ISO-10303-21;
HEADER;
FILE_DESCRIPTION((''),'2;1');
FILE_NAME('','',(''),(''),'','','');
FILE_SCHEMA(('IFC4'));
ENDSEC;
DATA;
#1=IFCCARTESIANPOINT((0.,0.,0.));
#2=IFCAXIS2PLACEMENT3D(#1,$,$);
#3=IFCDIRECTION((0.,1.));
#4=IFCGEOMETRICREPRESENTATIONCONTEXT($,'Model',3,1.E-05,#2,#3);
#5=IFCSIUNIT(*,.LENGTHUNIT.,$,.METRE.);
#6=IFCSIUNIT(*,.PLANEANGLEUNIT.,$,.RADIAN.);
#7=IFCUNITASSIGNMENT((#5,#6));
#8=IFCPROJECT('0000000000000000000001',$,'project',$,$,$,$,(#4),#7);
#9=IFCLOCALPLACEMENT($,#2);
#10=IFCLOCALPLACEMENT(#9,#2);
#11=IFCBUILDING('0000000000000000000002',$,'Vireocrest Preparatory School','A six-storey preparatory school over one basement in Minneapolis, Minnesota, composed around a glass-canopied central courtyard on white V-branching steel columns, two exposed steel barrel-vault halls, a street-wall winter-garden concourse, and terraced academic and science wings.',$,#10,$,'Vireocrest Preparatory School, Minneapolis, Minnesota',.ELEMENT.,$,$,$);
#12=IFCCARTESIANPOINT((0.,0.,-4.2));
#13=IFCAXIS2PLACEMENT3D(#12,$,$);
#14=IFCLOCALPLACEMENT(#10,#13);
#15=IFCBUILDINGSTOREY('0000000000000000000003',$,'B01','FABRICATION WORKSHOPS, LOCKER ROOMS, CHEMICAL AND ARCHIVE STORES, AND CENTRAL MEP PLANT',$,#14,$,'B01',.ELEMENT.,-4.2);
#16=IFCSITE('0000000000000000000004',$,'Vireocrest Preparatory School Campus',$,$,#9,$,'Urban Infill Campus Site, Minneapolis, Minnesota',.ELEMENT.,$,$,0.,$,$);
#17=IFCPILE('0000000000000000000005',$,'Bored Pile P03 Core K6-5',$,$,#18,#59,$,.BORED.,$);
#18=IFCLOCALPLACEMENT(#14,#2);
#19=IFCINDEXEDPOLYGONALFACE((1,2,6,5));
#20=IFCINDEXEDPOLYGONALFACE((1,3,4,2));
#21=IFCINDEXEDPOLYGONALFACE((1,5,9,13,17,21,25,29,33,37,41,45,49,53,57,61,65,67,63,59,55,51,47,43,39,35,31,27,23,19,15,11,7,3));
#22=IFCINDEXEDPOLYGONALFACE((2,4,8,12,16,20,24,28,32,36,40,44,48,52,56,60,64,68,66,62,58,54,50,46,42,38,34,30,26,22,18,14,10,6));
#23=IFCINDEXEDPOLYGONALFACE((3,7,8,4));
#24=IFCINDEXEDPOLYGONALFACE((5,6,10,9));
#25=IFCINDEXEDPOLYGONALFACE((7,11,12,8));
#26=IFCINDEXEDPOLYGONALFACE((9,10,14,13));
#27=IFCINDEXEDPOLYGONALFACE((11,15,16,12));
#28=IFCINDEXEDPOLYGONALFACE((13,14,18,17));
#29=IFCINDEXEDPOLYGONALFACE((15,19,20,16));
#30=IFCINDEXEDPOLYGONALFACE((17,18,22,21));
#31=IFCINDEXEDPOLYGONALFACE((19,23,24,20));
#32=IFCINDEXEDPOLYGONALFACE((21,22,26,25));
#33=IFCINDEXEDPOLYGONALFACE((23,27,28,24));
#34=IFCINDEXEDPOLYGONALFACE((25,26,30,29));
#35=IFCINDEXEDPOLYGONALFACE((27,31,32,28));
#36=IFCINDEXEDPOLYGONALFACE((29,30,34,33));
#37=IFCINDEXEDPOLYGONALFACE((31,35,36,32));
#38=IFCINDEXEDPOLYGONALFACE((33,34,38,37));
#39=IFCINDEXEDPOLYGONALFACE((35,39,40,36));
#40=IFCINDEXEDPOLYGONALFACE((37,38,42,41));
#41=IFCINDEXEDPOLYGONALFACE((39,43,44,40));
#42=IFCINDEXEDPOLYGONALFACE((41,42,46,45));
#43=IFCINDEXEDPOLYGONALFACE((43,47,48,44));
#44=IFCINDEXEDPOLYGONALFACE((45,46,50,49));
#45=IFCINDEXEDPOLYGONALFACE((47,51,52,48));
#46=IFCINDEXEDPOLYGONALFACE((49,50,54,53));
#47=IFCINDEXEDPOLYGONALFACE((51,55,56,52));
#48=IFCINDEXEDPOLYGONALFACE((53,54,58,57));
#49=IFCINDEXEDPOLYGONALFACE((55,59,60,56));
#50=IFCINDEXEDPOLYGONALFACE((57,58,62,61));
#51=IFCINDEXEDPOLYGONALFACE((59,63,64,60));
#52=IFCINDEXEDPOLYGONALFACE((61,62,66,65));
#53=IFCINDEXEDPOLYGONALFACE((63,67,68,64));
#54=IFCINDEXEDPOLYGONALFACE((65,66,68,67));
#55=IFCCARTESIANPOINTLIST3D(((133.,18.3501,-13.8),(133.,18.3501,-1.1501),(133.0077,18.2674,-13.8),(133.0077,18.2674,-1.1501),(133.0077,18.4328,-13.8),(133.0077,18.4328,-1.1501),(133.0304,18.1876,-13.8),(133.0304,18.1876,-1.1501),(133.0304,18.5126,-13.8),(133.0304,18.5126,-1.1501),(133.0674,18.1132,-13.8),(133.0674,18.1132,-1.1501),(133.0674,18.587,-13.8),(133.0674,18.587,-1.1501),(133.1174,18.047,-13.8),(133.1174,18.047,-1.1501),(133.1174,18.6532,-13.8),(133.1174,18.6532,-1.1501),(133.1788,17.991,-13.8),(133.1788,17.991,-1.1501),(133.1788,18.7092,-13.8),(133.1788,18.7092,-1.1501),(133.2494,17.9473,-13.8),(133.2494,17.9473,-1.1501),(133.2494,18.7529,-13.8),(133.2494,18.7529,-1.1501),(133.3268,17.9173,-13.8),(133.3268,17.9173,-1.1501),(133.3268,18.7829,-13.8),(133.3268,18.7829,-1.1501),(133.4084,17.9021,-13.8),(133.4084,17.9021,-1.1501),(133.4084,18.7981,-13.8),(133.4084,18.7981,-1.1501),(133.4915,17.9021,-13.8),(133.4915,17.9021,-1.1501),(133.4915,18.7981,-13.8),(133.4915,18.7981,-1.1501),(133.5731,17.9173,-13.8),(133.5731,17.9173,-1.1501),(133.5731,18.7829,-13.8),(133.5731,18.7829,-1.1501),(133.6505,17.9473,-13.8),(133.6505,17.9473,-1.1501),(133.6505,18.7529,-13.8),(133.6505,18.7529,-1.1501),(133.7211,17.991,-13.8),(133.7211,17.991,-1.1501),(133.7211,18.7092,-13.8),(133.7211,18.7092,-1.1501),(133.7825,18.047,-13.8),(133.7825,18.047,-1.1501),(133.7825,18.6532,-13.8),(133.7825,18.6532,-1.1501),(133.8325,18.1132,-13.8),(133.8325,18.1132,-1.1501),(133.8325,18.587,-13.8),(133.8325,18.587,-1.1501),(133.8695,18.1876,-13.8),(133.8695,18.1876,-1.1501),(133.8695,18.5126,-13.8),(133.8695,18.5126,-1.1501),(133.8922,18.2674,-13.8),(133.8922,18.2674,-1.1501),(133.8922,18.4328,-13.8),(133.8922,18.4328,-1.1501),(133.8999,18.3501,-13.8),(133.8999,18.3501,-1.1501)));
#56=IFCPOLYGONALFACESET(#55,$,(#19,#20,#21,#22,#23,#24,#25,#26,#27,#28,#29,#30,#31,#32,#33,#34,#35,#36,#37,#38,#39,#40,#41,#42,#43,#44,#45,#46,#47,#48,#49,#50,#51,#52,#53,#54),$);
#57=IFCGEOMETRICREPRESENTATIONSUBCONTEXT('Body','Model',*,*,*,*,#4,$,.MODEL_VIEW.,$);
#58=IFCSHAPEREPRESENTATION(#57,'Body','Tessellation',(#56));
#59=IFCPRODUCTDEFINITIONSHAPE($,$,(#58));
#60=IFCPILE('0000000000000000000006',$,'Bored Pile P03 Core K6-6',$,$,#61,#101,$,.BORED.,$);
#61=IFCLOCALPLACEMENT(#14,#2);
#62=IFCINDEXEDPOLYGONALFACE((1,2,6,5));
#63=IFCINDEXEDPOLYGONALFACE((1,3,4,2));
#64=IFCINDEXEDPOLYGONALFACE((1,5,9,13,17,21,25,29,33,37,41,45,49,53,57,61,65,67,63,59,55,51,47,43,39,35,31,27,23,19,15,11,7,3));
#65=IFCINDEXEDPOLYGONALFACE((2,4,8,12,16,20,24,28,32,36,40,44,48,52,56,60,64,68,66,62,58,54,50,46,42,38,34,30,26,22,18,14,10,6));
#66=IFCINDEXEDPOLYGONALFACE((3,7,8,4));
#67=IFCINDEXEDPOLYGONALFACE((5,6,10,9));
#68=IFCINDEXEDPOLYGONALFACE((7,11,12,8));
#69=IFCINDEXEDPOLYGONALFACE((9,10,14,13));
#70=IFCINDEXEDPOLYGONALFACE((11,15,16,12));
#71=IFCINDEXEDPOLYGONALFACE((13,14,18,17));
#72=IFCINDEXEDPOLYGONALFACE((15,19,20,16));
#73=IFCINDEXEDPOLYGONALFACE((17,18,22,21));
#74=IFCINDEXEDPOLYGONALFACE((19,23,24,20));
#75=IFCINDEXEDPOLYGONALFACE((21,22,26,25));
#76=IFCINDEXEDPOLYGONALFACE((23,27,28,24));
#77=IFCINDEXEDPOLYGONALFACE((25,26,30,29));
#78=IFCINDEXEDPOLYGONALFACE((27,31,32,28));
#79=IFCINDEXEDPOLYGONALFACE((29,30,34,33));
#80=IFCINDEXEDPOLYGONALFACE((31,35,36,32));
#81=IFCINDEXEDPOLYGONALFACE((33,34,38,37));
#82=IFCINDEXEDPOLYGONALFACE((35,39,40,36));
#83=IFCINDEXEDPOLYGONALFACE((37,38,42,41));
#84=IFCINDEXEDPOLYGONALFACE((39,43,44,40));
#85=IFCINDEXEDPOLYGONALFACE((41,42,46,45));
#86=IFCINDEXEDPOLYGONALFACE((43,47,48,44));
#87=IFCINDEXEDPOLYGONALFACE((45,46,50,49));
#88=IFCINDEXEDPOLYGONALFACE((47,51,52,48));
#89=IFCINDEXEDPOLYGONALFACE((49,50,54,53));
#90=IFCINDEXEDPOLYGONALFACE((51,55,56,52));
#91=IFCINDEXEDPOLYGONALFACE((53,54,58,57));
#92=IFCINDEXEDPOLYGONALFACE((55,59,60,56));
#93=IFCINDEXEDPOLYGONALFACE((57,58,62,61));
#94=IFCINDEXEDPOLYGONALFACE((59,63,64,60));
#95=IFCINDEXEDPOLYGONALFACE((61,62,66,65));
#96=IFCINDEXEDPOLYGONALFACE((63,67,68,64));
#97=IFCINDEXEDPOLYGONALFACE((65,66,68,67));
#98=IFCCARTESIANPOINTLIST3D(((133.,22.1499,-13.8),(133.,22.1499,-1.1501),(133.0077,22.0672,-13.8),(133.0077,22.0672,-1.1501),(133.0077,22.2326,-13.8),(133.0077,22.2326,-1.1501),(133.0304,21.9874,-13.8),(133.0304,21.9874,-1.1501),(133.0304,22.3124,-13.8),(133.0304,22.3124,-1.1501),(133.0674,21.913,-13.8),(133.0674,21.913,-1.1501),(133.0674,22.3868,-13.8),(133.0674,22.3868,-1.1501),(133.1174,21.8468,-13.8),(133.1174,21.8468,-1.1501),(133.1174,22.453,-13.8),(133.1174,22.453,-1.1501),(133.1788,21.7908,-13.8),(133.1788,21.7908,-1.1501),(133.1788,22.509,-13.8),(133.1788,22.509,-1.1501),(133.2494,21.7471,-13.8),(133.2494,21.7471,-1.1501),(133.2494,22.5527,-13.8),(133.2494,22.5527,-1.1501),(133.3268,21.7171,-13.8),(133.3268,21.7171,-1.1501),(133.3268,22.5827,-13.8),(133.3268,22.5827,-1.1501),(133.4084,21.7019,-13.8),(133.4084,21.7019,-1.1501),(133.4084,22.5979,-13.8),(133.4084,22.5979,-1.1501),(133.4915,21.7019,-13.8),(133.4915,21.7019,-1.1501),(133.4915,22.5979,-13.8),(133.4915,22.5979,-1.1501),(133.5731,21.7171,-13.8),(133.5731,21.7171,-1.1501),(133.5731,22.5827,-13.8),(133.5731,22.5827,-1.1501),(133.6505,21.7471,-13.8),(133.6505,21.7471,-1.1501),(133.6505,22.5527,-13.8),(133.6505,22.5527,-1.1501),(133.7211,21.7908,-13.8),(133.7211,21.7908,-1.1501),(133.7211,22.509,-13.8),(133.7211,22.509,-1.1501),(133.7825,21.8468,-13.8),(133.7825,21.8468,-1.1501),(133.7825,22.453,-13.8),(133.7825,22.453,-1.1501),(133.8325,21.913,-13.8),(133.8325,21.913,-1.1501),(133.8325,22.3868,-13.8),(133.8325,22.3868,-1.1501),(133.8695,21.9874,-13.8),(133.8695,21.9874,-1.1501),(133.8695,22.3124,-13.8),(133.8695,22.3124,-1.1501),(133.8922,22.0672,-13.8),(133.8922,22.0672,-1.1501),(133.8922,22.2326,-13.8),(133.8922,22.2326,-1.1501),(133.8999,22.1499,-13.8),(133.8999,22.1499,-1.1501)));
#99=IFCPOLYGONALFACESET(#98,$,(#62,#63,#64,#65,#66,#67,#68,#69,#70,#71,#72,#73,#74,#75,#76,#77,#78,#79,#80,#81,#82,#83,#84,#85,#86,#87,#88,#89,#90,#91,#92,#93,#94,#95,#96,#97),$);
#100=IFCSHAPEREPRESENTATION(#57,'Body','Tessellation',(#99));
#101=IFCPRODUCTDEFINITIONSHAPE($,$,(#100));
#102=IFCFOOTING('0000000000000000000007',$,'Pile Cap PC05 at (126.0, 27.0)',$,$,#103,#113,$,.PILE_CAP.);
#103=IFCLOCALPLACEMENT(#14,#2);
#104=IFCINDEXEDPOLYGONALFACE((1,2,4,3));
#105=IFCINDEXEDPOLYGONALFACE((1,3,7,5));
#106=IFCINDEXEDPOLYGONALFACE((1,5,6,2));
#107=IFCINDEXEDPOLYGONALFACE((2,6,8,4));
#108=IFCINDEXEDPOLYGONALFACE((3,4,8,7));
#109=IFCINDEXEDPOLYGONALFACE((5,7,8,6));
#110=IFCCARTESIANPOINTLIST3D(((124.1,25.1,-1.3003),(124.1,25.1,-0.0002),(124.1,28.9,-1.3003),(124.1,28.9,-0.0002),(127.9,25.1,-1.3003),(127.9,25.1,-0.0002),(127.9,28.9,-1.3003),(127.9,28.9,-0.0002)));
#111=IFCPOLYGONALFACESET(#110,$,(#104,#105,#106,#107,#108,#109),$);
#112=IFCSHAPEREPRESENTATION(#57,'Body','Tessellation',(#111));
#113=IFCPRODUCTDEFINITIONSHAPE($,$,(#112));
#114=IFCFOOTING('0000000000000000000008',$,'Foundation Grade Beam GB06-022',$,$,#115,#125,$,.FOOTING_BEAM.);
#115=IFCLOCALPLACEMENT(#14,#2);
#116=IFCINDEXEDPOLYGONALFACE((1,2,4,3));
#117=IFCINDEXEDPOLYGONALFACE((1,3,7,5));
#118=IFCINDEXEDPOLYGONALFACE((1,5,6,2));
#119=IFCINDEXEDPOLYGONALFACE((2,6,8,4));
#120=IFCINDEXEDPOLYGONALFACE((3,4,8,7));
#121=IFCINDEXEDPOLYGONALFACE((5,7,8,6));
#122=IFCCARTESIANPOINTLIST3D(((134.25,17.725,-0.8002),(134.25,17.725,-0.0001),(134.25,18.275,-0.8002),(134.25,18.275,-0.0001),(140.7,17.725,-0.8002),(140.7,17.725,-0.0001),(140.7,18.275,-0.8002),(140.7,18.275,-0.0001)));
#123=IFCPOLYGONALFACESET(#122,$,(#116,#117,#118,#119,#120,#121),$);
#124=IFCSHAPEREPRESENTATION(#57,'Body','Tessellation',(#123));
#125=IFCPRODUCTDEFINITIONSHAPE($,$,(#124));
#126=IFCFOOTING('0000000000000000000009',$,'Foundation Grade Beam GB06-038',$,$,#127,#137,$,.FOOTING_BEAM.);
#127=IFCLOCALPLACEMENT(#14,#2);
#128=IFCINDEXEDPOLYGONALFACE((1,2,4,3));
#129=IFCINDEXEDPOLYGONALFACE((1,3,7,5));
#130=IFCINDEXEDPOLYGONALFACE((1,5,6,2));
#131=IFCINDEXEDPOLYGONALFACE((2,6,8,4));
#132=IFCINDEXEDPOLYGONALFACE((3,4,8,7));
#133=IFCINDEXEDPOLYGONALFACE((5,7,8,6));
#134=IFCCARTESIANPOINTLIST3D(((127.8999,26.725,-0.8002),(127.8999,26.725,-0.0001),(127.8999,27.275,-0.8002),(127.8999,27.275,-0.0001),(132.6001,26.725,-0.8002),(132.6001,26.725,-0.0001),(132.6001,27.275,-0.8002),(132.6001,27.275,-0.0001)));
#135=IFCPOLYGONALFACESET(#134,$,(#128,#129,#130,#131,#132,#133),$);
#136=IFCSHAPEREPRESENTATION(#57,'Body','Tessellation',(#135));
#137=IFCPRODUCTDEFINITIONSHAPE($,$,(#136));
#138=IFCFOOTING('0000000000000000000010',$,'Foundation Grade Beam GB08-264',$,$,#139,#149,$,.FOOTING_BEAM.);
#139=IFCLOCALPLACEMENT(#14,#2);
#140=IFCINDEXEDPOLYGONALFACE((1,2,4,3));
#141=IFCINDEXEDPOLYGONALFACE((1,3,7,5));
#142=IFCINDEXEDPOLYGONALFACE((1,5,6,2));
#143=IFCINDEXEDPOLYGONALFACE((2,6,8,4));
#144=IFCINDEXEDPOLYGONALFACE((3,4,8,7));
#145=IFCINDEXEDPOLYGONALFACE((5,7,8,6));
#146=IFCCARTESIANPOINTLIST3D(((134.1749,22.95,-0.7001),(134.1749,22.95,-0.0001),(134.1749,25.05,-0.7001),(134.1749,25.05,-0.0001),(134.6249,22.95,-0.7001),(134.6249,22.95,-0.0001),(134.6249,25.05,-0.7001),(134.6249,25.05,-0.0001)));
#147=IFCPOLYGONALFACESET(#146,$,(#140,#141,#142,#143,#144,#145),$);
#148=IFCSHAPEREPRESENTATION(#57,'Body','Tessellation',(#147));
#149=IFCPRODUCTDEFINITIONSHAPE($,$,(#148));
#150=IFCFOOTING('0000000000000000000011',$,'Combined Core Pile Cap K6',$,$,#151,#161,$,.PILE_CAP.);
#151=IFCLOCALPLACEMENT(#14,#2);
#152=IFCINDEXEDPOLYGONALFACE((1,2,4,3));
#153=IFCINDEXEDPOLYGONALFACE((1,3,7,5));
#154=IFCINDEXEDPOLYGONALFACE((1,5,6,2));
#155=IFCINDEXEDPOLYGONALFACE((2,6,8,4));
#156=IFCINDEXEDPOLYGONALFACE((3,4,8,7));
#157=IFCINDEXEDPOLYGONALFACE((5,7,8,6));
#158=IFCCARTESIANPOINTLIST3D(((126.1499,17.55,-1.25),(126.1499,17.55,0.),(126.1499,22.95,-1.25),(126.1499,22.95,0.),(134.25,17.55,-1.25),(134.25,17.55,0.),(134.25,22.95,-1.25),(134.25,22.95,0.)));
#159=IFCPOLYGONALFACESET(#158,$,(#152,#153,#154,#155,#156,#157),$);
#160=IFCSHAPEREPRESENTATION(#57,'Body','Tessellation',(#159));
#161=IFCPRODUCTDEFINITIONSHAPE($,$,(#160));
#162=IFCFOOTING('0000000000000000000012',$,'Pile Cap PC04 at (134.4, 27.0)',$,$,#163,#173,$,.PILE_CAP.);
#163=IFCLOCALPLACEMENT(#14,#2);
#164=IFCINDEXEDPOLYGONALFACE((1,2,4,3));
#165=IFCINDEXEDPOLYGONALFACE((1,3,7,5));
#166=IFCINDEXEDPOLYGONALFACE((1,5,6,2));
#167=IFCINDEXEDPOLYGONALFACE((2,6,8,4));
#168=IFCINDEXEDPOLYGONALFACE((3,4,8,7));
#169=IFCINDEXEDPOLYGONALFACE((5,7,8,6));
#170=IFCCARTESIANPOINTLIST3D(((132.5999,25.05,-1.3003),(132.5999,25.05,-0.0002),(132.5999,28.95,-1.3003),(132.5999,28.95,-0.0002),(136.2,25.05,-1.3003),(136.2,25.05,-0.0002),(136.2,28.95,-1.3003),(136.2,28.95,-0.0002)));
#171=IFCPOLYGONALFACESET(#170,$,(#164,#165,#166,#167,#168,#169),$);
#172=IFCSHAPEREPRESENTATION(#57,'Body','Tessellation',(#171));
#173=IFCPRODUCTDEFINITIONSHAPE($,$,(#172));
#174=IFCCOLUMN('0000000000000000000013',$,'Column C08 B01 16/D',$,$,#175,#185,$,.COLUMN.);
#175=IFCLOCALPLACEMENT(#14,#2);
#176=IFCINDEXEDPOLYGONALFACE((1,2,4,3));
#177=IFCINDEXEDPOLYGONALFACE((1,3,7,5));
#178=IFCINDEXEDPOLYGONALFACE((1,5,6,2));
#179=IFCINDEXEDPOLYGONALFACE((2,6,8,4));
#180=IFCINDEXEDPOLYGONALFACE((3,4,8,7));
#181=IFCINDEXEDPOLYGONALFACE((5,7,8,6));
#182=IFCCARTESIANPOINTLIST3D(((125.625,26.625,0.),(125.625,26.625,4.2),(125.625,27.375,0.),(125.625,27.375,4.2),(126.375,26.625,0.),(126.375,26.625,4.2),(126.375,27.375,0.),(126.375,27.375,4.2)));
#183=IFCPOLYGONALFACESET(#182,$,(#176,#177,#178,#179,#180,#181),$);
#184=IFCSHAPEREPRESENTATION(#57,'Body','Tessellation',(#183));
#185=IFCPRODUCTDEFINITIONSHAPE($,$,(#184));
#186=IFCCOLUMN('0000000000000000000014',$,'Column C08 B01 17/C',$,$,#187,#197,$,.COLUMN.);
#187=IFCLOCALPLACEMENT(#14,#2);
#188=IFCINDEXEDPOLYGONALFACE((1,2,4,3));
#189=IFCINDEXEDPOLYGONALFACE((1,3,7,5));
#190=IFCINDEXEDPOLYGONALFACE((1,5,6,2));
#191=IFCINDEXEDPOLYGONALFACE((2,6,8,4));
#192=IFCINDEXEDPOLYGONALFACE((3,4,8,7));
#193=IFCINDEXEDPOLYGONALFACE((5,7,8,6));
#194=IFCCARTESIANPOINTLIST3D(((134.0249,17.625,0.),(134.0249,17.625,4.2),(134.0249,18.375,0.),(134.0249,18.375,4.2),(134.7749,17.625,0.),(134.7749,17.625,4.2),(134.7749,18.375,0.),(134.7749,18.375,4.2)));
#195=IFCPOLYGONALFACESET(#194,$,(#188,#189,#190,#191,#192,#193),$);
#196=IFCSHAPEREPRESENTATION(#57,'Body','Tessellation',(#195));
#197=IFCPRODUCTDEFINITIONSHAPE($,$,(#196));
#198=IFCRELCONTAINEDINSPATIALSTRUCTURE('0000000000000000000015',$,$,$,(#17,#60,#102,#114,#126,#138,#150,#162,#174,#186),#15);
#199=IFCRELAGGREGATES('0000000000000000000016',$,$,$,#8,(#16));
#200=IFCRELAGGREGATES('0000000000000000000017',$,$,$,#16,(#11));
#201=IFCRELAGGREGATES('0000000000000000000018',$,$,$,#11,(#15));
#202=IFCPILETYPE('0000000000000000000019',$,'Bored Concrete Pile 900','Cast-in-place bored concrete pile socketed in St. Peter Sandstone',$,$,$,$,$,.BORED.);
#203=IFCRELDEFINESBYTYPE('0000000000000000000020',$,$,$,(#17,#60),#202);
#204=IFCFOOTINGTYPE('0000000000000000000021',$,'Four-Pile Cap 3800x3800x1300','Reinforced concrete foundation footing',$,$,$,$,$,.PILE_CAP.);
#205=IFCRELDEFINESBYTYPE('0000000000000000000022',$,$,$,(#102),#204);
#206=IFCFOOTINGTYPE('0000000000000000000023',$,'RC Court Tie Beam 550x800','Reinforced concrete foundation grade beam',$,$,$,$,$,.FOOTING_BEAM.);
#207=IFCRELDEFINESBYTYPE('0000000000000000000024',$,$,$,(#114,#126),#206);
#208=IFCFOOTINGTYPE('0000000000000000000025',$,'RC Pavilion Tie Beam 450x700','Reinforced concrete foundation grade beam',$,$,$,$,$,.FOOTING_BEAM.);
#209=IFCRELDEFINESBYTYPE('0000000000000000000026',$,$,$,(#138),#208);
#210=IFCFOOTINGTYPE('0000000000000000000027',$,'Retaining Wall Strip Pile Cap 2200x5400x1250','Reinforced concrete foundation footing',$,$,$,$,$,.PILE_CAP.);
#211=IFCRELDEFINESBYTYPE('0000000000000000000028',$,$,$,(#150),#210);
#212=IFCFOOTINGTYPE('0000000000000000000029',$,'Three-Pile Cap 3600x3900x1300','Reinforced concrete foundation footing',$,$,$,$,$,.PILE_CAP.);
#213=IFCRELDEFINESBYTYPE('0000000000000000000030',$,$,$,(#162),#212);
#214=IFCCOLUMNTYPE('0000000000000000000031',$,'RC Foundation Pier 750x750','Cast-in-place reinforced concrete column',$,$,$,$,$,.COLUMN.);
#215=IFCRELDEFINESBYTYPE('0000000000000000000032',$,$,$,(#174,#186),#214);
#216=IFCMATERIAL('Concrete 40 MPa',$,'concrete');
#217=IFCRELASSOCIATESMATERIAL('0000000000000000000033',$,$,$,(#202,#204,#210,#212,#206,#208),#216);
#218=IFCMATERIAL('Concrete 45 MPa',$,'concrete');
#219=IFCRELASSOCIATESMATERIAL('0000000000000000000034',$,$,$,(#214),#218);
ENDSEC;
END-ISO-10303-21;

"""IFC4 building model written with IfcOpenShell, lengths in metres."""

from ifc_helpers import new_model, si_unit, direction, frame, origin, origin_2d, place, context, subcontext, project, spatial, rectangle, circle, extrude, material, material_profile, profile_set, type_object, element, save


model = new_model("IFC4")

# Units and contexts
model_context = context("Model", 3, precision=1e-05, world=origin(), true_north=direction((0.0, 1.0)))
body_context = subcontext(model_context, "Body", "Model", "MODEL_VIEW")
ifc_project = project(units=[si_unit("LENGTHUNIT", "METRE"), si_unit("PLANEANGLEUNIT", "RADIAN")], contexts=[model_context])

# Site, building, storey
site_placement = place(None, origin())
site = spatial("IfcSite", under=ifc_project, at=site_placement, Name="Vireocrest Preparatory School Campus", LongName="Urban Infill Campus Site, Minneapolis, Minnesota", CompositionType="ELEMENT", RefElevation=0.0)
building_placement = place(site_placement, origin())
building = spatial("IfcBuilding", under=site, at=building_placement, Name="Vireocrest Preparatory School", Description="A six-storey preparatory school over one basement in Minneapolis, Minnesota, composed around a glass-canopied central courtyard on white V-branching steel columns, two exposed steel barrel-vault halls, a street-wall winter-garden concourse, and terraced academic and science wings.", LongName="Vireocrest Preparatory School, Minneapolis, Minnesota", CompositionType="ELEMENT")
storey_placement = place(building_placement, frame((0.0, 0.0, -4.2)))
storey = spatial("IfcBuildingStorey", under=building, at=storey_placement, Name="B01", Description="FABRICATION WORKSHOPS, LOCKER ROOMS, CHEMICAL AND ARCHIVE STORES, AND CENTRAL MEP PLANT", LongName="B01", CompositionType="ELEMENT", Elevation=-4.2)

# Piles
ifc_material_1 = material(Name="Concrete 40 MPa", Category="concrete")
ifc_material_profile_1 = material_profile(ifc_material_1, circle(Radius=0.45, at=origin_2d()), Name="BORED PILE 900")
ifc_profile_set_1 = profile_set([ifc_material_profile_1], Name="Concrete 40 MPa")
pile_type_1 = type_object("IfcPileType", Name="Bored Concrete Pile 900", Description="Cast-in-place bored concrete pile socketed in St. Peter Sandstone", PredefinedType="BORED", material=ifc_profile_set_1)
for number, where, z_axis, x_axis, name in (
    (1, (133.45, 18.3501, -1.1501), (0.0, 0.0, -1.0), (1.0, 0.0, 0.0), "Bored Pile P03 Core K6-5"),
    (2, (133.45, 22.1499, -1.1501), (0.0, 0.0, -1.0), (1.0, 0.0, 0.0), "Bored Pile P03 Core K6-6"),
):
    element("IfcPile", number, at=place(storey_placement, frame(where, z_axis=z_axis, x_axis=x_axis)), inside=storey, type_object=pile_type_1, Name=name, PredefinedType="BORED", context=body_context, shape_type="SweptSolid", body=[
        extrude(circle(Radius=0.45, at=origin_2d()), origin(), (0.0, 0.0, 1.0), 12.6499),
    ])

# Footings
footing_type_1 = type_object("IfcFootingType", Name="Four-Pile Cap 3800x3800x1300", Description="Reinforced concrete foundation footing", PredefinedType="PILE_CAP", material=ifc_material_1)
footing_1_placement = place(storey_placement, frame((126.0, 27.0, -1.3003), z_axis=(0.0, 0.0, 1.0), x_axis=(1.0, 0.0, 0.0)))
element("IfcFooting", 3, at=footing_1_placement, inside=storey, type_object=footing_type_1, Name="Pile Cap PC05 at (126.0, 27.0)", PredefinedType="PILE_CAP", context=body_context, shape_type="SweptSolid", body=[
    extrude(rectangle(XDim=3.8, YDim=3.8, at=origin_2d()), origin(), (0.0, 0.0, 1.0), 1.3),
])
ifc_material_profile_2 = material_profile(ifc_material_1, rectangle(XDim=0.55, YDim=0.8, at=origin_2d()), Name="GB 550x800")
ifc_profile_set_2 = profile_set([ifc_material_profile_2], Name="Concrete 40 MPa")
footing_type_2 = type_object("IfcFootingType", Name="RC Court Tie Beam 550x800", Description="Reinforced concrete foundation grade beam", PredefinedType="FOOTING_BEAM", material=ifc_profile_set_2)
footing_2_placement = place(storey_placement, frame((134.25, 18.0, -0.4001), z_axis=(1.0, 0.0, 0.0), x_axis=(0.0, 1.0, 0.0)))
element("IfcFooting", 4, at=footing_2_placement, inside=storey, type_object=footing_type_2, Name="Foundation Grade Beam GB06-022", PredefinedType="FOOTING_BEAM", context=body_context, shape_type="SweptSolid", body=[
    extrude(rectangle(XDim=0.55, YDim=0.8, at=origin_2d()), origin(), (0.0, 0.0, 1.0), 6.45),
])
footing_3_placement = place(storey_placement, frame((127.8999, 27.0, -0.4001), z_axis=(1.0, 0.0, 0.0), x_axis=(0.0, 1.0, 0.0)))
element("IfcFooting", 5, at=footing_3_placement, inside=storey, type_object=footing_type_2, Name="Foundation Grade Beam GB06-038", PredefinedType="FOOTING_BEAM", context=body_context, shape_type="SweptSolid", body=[
    extrude(rectangle(XDim=0.55, YDim=0.8, at=origin_2d()), origin(), (0.0, 0.0, 1.0), 4.7002),
])
ifc_material_profile_3 = material_profile(ifc_material_1, rectangle(XDim=0.45, YDim=0.7, at=origin_2d()), Name="GB 450x700")
ifc_profile_set_3 = profile_set([ifc_material_profile_3], Name="Concrete 40 MPa")
footing_type_3 = type_object("IfcFootingType", Name="RC Pavilion Tie Beam 450x700", Description="Reinforced concrete foundation grade beam", PredefinedType="FOOTING_BEAM", material=ifc_profile_set_3)
footing_4_placement = place(storey_placement, frame((134.3999, 22.95, -0.3501), z_axis=(0.0, 1.0, 0.0), x_axis=(-1.0, 0.0, 0.0)))
element("IfcFooting", 6, at=footing_4_placement, inside=storey, type_object=footing_type_3, Name="Foundation Grade Beam GB08-264", PredefinedType="FOOTING_BEAM", context=body_context, shape_type="SweptSolid", body=[
    extrude(rectangle(XDim=0.45, YDim=0.7, at=origin_2d()), origin(), (0.0, 0.0, 1.0), 2.1001),
])
footing_type_4 = type_object("IfcFootingType", Name="Retaining Wall Strip Pile Cap 2200x5400x1250", Description="Reinforced concrete foundation footing", PredefinedType="PILE_CAP", material=ifc_material_1)
footing_5_placement = place(storey_placement, frame((130.2, 20.25, -1.25), z_axis=(0.0, 0.0, 1.0), x_axis=(1.0, 0.0, 0.0)))
element("IfcFooting", 7, at=footing_5_placement, inside=storey, type_object=footing_type_4, Name="Combined Core Pile Cap K6", PredefinedType="PILE_CAP", context=body_context, shape_type="SweptSolid", body=[
    extrude(rectangle(XDim=8.1001, YDim=5.3999, at=origin_2d()), origin(), (0.0, 0.0, 1.0), 1.25),
])
footing_type_5 = type_object("IfcFootingType", Name="Three-Pile Cap 3600x3900x1300", Description="Reinforced concrete foundation footing", PredefinedType="PILE_CAP", material=ifc_material_1)
footing_6_placement = place(storey_placement, frame((134.3999, 27.0, -1.3003), z_axis=(0.0, 0.0, 1.0), x_axis=(1.0, 0.0, 0.0)))
element("IfcFooting", 8, at=footing_6_placement, inside=storey, type_object=footing_type_5, Name="Pile Cap PC04 at (134.4, 27.0)", PredefinedType="PILE_CAP", context=body_context, shape_type="SweptSolid", body=[
    extrude(rectangle(XDim=3.6001, YDim=3.8999, at=origin_2d()), origin(), (0.0, 0.0, 1.0), 1.3),
])

# Columns
ifc_material_2 = material(Name="Concrete 45 MPa", Category="concrete")
ifc_material_profile_4 = material_profile(ifc_material_2, rectangle(XDim=0.75, YDim=0.75, at=origin_2d()), Name="RC 750x750")
ifc_profile_set_4 = profile_set([ifc_material_profile_4], Name="Concrete 45 MPa")
column_type = type_object("IfcColumnType", Name="RC Foundation Pier 750x750", Description="Cast-in-place reinforced concrete column", PredefinedType="COLUMN", material=ifc_profile_set_4)
for number, where, z_axis, x_axis, name in (
    (9, (126.0, 27.0, 0.0), (0.0, 0.0, 1.0), (1.0, 0.0, 0.0), "Column C08 B01 16/D"),
    (10, (134.3999, 18.0, 0.0), (0.0, 0.0, 1.0), (1.0, 0.0, 0.0), "Column C08 B01 17/C"),
):
    element("IfcColumn", number, at=place(storey_placement, frame(where, z_axis=z_axis, x_axis=x_axis)), inside=storey, type_object=column_type, Name=name, PredefinedType="COLUMN", context=body_context, shape_type="SweptSolid", body=[
        extrude(rectangle(XDim=0.75, YDim=0.75, at=origin_2d()), origin(), (0.0, 0.0, 1.0), 4.2),
    ])

save(model, "model.ifc")
